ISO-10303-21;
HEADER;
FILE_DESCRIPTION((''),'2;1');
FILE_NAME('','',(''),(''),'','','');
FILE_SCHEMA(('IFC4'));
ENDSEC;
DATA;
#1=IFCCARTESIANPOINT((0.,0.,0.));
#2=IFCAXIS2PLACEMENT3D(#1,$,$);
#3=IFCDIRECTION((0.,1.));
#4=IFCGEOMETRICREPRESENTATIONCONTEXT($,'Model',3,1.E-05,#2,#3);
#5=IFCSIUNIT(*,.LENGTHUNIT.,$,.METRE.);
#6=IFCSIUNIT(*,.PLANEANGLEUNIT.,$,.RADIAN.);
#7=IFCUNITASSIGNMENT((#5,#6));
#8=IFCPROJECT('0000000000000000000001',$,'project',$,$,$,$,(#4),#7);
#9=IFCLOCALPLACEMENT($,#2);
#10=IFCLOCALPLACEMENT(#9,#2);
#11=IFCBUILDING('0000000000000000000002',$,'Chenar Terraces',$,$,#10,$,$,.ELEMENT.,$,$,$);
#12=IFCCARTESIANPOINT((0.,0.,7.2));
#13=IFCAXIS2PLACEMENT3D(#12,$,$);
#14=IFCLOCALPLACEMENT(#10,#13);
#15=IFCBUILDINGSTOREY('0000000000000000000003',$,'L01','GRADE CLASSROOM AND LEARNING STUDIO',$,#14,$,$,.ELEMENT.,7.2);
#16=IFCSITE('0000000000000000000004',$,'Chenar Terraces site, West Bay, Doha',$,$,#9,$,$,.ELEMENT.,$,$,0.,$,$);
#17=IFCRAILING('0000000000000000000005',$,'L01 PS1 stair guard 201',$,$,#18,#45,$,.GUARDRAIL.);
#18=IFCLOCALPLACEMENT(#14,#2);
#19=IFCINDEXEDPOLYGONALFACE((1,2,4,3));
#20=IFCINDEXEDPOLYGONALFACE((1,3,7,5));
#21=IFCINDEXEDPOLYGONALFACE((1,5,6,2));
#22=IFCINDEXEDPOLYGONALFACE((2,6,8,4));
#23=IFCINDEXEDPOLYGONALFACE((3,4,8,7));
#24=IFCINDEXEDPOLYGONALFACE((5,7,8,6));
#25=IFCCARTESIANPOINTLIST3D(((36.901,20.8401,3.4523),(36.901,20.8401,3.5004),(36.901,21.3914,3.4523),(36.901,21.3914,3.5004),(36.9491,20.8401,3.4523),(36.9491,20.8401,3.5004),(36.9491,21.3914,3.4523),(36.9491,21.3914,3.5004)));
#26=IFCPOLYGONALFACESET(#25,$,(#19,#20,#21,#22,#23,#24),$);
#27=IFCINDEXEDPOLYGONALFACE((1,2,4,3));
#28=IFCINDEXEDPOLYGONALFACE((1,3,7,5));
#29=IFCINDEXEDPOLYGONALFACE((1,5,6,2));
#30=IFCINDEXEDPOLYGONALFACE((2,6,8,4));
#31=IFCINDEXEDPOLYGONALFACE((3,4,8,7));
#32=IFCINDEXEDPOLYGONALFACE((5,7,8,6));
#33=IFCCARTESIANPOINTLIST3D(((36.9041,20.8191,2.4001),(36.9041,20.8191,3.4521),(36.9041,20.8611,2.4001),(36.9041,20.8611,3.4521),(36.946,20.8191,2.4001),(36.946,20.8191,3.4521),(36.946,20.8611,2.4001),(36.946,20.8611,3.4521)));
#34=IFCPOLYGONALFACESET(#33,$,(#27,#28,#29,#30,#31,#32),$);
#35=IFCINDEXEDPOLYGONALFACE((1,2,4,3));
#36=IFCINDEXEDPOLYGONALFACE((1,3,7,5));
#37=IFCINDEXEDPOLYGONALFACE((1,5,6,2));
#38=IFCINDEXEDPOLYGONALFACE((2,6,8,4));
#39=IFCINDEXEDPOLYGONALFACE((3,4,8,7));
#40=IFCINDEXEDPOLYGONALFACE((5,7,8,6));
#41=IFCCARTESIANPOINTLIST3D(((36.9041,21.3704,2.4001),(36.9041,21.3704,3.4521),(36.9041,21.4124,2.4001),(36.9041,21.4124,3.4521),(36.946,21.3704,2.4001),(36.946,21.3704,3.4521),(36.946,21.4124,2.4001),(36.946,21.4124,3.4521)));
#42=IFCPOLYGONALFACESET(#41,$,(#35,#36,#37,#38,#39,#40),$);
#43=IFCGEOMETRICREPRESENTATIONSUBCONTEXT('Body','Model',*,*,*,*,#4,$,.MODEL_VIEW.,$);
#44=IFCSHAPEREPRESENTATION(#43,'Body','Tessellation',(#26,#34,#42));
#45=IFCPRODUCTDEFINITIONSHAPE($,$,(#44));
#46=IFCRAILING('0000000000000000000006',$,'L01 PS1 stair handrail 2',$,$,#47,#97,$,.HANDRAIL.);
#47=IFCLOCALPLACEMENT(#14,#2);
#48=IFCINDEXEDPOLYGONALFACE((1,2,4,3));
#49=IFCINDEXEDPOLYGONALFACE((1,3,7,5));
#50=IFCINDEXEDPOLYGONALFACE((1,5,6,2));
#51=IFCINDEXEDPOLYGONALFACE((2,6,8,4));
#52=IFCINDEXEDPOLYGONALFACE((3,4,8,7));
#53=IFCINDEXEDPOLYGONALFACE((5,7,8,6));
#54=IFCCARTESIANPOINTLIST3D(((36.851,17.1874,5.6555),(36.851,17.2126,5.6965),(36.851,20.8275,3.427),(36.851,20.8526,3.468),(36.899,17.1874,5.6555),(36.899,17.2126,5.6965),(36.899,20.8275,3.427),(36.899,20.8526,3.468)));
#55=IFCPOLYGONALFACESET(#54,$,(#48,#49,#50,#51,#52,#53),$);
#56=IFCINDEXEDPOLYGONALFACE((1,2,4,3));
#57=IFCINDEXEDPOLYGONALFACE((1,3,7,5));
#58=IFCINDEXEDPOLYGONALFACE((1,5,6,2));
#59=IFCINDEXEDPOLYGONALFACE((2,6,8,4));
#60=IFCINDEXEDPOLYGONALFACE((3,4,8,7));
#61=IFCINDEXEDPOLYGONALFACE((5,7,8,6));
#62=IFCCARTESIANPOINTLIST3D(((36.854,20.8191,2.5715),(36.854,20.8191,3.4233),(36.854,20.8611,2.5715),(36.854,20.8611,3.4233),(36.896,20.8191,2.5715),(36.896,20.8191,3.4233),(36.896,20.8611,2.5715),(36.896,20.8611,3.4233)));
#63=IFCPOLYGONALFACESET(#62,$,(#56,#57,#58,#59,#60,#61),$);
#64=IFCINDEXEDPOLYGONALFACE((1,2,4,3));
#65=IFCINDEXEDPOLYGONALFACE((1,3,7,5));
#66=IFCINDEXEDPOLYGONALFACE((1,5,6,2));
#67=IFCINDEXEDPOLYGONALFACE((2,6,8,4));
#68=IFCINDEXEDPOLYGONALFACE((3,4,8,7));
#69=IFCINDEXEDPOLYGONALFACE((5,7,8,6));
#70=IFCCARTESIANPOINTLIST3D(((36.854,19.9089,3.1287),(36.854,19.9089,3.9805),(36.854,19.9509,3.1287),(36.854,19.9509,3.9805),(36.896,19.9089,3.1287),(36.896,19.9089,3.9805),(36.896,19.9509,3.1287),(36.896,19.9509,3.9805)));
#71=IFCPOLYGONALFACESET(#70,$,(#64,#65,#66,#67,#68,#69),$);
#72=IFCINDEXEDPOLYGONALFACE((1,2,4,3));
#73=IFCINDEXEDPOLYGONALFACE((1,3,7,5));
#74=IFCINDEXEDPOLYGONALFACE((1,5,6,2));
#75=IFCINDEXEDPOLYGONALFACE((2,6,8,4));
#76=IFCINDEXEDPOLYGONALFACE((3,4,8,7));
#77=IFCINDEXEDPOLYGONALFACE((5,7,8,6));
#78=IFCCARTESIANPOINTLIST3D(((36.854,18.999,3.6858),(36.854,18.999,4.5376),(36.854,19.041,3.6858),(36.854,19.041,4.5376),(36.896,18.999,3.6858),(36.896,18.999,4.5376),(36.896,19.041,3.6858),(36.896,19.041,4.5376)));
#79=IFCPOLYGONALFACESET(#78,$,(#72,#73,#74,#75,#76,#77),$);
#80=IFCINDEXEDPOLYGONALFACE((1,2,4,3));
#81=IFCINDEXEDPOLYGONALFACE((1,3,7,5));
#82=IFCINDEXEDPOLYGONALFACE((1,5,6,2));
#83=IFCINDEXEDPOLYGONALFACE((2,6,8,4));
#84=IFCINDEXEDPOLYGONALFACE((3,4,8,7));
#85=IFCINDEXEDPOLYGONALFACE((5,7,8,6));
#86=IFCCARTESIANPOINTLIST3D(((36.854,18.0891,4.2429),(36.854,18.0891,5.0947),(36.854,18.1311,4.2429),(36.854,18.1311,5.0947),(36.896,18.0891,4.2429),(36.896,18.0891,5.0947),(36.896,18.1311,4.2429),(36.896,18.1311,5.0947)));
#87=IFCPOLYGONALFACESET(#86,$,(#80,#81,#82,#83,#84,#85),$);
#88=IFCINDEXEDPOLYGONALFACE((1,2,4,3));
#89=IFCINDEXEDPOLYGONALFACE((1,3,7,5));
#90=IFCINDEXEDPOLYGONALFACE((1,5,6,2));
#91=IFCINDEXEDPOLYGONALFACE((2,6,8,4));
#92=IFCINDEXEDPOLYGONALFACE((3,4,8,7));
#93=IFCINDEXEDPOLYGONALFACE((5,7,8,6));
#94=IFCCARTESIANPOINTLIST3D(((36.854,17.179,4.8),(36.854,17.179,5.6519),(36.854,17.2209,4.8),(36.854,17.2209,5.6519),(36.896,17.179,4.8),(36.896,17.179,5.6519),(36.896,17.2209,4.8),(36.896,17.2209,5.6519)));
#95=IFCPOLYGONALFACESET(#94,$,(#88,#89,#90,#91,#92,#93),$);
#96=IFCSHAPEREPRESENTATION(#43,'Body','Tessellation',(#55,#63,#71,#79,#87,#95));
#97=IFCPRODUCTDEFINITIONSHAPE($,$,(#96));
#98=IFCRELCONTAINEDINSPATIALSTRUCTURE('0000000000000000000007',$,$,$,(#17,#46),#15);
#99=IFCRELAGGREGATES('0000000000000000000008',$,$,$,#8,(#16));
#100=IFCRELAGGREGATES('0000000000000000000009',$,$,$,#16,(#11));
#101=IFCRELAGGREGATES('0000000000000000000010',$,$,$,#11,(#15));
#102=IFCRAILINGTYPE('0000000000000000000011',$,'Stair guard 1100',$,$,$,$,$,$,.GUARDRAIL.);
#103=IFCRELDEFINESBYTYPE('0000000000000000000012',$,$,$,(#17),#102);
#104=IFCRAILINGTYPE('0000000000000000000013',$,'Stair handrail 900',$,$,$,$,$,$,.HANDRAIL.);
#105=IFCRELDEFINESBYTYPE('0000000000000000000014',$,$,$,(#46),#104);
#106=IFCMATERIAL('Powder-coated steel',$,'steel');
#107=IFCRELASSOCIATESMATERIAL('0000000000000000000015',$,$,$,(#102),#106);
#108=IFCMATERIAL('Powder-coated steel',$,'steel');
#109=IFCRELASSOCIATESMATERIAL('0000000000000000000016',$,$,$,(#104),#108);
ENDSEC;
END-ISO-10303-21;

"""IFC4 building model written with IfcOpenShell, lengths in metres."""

from ifc_helpers import new_model, si_unit, direction, frame, origin, origin_2d, place, context, subcontext, project, spatial, rectangle, extrude, material, type_object, element, save


model = new_model("IFC4")

# Units and contexts
model_context = context("Model", 3, precision=1e-05, world=origin(), true_north=direction((0.0, 1.0)))
body_context = subcontext(model_context, "Body", "Model", "MODEL_VIEW")
ifc_project = project(units=[si_unit("LENGTHUNIT", "METRE"), si_unit("PLANEANGLEUNIT", "RADIAN")], contexts=[model_context])

# Site, building, storey
site_placement = place(None, origin())
site = spatial("IfcSite", under=ifc_project, at=site_placement, Name="Chenar Terraces site, West Bay, Doha", CompositionType="ELEMENT", RefElevation=0.0)
building_placement = place(site_placement, origin())
building = spatial("IfcBuilding", under=site, at=building_placement, Name="Chenar Terraces", CompositionType="ELEMENT")
storey_placement = place(building_placement, frame((0.0, 0.0, 7.2)))
storey = spatial("IfcBuildingStorey", under=building, at=storey_placement, Name="L01", Description="GRADE CLASSROOM AND LEARNING STUDIO", CompositionType="ELEMENT", Elevation=7.2)

# Railings
ifc_material_1 = material(Name="Powder-coated steel", Category="steel")
railing_type_1 = type_object("IfcRailingType", Name="Stair guard 1100", PredefinedType="GUARDRAIL", material=ifc_material_1)
railing_1_placement = place(storey_placement, frame((36.925, 20.8401, 2.4001)))
element("IfcRailing", 1, at=railing_1_placement, inside=storey, type_object=railing_type_1, Name="L01 PS1 stair guard 201", PredefinedType="GUARDRAIL", context=body_context, shape_type="SweptSolid", body=[
    extrude(rectangle(XDim=0.0481, YDim=0.0481, at=origin_2d()), frame((0.0, 0.0, 1.0762), z_axis=(0.0, 1.0, 0.0), x_axis=(-1.0, 0.0, 0.0)), (0.0, 0.0, 1.0), 0.5513),
    extrude(rectangle(XDim=0.042, YDim=0.042, at=origin_2d()), origin(), (0.0, 0.0, 1.0), 1.052),
    extrude(rectangle(XDim=0.042, YDim=0.042, at=origin_2d()), frame((0.0, 0.5513, 0.0)), (0.0, 0.0, 1.0), 1.052),
])
ifc_material_2 = material(Name="Powder-coated steel", Category="steel")
railing_type_2 = type_object("IfcRailingType", Name="Stair handrail 900", PredefinedType="HANDRAIL", material=ifc_material_2)
railing_2_placement = place(storey_placement, frame((36.875, 20.8401, 2.5715)))
element("IfcRailing", 2, at=railing_2_placement, inside=storey, type_object=railing_type_2, Name="L01 PS1 stair handrail 2", PredefinedType="HANDRAIL", context=body_context, shape_type="SweptSolid", body=[
    extrude(rectangle(XDim=0.0481, YDim=0.0481, at=origin_2d()), frame((0.0, 0.0, 0.876), z_axis=(0.0, -0.852866, 0.52213), x_axis=(1.0, 0.0, 0.0)), (0.0, 0.0, 1.0), 4.2681),
    extrude(rectangle(XDim=0.042, YDim=0.042, at=origin_2d()), origin(), (0.0, 0.0, 1.0), 0.8518),
    extrude(rectangle(XDim=0.042, YDim=0.042, at=origin_2d()), frame((0.0, -0.9102, 0.5571)), (0.0, 0.0, 1.0), 0.8518),
    extrude(rectangle(XDim=0.042, YDim=0.042, at=origin_2d()), frame((0.0, -1.8201, 1.1143)), (0.0, 0.0, 1.0), 0.8518),
    extrude(rectangle(XDim=0.042, YDim=0.042, at=origin_2d()), frame((0.0, -2.73, 1.6714)), (0.0, 0.0, 1.0), 0.8518),
    extrude(rectangle(XDim=0.042, YDim=0.042, at=origin_2d()), frame((0.0, -3.6401, 2.2285)), (0.0, 0.0, 1.0), 0.8518),
])

save(model, "model.ifc")
